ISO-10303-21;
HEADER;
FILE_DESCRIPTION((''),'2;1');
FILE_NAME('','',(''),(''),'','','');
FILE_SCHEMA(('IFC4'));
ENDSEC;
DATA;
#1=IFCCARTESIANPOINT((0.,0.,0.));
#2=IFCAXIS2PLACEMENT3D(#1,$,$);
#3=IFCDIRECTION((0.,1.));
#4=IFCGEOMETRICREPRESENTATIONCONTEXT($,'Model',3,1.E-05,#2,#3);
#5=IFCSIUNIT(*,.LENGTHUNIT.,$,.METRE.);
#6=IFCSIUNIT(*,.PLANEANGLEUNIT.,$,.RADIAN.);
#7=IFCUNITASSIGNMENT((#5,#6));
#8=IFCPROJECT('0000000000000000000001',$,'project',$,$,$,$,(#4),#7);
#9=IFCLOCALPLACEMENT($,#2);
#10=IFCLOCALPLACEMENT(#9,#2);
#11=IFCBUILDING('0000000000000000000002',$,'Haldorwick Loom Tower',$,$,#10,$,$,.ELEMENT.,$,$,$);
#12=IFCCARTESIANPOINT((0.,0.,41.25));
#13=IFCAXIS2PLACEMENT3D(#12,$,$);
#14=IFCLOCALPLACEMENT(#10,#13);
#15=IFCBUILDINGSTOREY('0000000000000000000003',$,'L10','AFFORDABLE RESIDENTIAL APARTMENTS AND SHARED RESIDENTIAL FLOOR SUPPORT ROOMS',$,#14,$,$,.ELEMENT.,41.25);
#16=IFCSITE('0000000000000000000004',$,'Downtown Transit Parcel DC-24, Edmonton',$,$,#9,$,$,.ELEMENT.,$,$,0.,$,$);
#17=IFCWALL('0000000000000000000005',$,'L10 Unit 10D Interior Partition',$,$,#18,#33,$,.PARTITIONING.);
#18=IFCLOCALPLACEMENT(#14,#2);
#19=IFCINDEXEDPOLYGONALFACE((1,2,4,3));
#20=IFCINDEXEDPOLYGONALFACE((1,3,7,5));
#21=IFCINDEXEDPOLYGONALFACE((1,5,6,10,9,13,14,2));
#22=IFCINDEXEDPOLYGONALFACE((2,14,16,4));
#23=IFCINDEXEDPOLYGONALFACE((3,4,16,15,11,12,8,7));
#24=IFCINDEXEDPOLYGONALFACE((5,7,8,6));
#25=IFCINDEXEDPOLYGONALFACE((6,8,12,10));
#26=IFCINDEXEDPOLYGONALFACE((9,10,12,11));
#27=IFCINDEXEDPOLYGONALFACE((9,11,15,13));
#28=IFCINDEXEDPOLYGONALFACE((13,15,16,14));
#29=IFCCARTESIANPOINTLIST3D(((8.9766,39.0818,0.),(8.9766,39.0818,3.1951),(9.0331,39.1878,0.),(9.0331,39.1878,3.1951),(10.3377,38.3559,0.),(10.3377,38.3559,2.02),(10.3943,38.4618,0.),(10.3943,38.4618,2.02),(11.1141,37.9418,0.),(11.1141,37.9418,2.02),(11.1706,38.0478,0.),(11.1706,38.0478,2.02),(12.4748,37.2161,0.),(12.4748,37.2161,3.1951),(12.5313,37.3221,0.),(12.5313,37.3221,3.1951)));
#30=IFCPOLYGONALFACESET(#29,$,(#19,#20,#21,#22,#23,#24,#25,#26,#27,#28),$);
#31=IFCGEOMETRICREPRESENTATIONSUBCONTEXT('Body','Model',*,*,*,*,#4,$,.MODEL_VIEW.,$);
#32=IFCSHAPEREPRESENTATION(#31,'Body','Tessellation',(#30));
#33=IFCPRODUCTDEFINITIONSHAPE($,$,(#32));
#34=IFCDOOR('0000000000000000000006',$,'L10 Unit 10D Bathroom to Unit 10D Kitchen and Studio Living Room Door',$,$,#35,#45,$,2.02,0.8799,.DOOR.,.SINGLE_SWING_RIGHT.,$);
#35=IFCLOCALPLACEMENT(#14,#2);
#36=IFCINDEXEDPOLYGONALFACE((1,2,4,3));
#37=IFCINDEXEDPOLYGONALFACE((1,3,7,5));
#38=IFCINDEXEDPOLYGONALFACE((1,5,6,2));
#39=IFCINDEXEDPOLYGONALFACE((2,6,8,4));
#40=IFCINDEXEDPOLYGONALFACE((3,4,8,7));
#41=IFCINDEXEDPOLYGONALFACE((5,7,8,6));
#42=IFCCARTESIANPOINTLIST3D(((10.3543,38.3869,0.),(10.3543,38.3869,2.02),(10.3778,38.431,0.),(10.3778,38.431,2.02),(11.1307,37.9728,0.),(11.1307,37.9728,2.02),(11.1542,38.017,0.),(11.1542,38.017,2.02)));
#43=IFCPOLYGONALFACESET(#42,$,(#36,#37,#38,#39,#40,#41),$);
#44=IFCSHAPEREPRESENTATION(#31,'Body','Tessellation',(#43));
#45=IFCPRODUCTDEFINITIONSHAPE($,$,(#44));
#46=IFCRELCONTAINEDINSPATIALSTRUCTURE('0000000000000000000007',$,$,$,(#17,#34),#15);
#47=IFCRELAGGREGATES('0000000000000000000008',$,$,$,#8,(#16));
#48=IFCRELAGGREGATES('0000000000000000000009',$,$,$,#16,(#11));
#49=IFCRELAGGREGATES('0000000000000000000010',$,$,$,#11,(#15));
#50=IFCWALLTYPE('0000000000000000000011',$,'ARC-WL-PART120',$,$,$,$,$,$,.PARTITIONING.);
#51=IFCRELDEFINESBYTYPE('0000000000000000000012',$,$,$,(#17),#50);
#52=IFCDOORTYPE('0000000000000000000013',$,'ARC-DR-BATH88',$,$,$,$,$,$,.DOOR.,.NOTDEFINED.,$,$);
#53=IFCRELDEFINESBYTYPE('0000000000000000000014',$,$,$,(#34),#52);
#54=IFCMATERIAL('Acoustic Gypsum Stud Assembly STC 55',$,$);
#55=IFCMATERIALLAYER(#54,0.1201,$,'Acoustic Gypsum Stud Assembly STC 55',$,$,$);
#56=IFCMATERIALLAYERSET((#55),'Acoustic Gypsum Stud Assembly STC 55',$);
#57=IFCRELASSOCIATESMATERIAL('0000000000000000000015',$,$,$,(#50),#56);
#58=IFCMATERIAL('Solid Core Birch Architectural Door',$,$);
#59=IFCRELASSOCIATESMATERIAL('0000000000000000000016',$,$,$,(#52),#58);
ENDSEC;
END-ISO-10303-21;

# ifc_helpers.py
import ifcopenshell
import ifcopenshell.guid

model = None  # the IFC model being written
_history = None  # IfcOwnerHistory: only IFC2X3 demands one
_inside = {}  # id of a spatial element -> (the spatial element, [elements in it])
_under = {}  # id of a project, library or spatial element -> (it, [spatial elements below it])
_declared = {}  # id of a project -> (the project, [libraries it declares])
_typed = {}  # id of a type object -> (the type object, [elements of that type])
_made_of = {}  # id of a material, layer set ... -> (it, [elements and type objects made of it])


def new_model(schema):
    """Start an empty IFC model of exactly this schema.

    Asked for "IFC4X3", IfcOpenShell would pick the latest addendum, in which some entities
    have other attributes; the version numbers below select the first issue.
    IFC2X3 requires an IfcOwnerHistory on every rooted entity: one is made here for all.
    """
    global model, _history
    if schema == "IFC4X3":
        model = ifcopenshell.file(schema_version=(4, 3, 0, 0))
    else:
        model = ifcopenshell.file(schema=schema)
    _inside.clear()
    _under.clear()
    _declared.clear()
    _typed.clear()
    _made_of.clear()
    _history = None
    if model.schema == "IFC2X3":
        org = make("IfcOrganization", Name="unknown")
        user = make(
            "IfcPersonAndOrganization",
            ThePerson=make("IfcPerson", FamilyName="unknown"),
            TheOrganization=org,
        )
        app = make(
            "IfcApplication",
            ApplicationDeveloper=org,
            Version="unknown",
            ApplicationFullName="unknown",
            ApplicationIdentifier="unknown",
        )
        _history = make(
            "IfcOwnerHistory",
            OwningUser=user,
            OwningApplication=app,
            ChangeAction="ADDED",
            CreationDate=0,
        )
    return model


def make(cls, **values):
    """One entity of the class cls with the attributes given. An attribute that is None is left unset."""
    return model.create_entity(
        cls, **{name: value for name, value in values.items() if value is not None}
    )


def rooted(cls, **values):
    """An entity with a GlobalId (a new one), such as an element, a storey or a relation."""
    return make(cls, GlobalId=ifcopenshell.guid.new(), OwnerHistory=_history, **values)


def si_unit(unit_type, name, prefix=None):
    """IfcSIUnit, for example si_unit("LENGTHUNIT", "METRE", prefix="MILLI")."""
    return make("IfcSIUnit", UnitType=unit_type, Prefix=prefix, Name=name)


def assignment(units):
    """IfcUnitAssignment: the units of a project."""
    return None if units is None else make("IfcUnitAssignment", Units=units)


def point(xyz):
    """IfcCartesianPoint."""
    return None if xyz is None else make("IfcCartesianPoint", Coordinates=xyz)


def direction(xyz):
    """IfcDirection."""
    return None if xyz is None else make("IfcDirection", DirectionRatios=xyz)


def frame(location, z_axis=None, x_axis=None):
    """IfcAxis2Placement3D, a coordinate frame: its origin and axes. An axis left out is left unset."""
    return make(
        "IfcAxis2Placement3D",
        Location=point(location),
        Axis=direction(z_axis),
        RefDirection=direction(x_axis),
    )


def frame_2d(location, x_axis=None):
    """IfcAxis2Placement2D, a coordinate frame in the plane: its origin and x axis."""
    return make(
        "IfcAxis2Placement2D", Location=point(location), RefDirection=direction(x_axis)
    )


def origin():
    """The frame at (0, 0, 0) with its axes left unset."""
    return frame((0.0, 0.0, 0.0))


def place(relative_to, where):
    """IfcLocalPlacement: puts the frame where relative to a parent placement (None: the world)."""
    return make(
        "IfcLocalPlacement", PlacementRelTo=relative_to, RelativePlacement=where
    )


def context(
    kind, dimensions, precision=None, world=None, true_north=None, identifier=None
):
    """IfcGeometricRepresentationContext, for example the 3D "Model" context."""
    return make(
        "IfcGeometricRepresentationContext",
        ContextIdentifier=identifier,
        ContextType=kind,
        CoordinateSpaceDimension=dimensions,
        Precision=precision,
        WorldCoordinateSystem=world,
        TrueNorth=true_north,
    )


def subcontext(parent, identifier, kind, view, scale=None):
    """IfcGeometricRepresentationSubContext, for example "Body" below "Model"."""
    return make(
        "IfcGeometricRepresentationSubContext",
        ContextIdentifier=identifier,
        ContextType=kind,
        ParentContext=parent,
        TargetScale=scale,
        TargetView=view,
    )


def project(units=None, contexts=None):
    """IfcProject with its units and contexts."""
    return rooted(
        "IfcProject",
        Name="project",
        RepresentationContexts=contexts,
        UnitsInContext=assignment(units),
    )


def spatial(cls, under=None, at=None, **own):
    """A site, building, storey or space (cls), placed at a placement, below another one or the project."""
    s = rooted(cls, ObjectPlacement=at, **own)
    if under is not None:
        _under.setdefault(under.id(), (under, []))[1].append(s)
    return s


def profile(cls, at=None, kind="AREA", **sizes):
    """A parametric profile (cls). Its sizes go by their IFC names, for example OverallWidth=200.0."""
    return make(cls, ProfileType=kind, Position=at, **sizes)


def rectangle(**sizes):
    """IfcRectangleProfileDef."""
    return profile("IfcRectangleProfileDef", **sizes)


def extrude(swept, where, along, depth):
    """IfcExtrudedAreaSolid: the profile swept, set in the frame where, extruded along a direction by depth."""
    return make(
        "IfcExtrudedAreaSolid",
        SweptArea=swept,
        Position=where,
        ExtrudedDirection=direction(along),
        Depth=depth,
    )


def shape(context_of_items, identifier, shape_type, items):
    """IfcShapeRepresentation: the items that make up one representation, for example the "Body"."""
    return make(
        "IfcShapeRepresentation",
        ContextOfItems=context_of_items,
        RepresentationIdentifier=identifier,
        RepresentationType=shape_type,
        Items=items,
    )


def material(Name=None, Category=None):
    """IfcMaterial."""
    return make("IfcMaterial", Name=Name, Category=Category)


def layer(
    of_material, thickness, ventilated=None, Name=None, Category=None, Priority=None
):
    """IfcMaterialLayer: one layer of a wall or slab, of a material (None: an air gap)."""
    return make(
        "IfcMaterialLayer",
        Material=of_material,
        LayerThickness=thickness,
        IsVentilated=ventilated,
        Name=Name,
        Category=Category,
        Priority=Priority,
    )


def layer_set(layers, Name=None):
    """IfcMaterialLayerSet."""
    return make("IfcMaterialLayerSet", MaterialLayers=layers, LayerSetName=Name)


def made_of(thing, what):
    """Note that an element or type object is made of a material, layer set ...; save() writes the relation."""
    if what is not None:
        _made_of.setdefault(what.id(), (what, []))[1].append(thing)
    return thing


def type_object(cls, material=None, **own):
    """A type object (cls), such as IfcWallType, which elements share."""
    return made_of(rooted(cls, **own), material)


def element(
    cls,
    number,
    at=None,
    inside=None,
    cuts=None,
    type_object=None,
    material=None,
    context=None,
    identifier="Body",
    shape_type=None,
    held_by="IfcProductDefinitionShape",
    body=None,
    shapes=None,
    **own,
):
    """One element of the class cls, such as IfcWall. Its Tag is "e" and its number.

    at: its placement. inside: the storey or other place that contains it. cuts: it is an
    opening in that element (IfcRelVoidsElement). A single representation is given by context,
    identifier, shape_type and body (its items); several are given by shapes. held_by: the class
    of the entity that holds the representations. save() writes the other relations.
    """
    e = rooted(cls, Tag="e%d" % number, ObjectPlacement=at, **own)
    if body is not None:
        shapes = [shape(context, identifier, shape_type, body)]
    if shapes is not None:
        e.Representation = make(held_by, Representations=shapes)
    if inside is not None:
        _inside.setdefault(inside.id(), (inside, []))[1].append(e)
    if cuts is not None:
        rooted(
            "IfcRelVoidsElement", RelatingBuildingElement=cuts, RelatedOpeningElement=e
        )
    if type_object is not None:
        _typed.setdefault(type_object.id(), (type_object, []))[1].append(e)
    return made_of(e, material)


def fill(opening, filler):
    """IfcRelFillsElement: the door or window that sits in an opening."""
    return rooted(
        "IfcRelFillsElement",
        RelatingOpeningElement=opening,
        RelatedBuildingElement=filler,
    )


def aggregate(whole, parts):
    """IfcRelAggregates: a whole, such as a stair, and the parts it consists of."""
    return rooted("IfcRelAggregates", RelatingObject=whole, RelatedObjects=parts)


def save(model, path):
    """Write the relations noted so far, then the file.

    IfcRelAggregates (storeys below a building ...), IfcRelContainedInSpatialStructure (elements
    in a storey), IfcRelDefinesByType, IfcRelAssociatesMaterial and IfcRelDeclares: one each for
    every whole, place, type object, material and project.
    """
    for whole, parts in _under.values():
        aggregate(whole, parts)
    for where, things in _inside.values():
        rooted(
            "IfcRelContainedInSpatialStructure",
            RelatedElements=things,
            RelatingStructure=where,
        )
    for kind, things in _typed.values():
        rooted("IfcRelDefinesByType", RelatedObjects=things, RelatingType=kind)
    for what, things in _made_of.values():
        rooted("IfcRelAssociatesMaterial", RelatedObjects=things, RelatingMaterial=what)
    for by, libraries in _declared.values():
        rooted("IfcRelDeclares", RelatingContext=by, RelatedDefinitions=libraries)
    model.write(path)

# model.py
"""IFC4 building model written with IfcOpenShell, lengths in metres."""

from ifc_helpers import new_model, si_unit, direction, frame, frame_2d, origin, place, context, subcontext, project, spatial, rectangle, extrude, material, layer, layer_set, type_object, element, fill, save


model = new_model("IFC4")

# Units and contexts
model_context = context("Model", 3, precision=1e-05, world=origin(), true_north=direction((0.0, 1.0)))
body_context = subcontext(model_context, "Body", "Model", "MODEL_VIEW")
ifc_project = project(units=[si_unit("LENGTHUNIT", "METRE"), si_unit("PLANEANGLEUNIT", "RADIAN")], contexts=[model_context])

# Site, building, storey
site_placement = place(None, origin())
site = spatial("IfcSite", under=ifc_project, at=site_placement, Name="Downtown Transit Parcel DC-24, Edmonton", CompositionType="ELEMENT", RefElevation=0.0)
building_placement = place(site_placement, origin())
building = spatial("IfcBuilding", under=site, at=building_placement, Name="Haldorwick Loom Tower", CompositionType="ELEMENT")
storey_placement = place(building_placement, frame((0.0, 0.0, 41.25)))
storey = spatial("IfcBuildingStorey", under=building, at=storey_placement, Name="L10", Description="AFFORDABLE RESIDENTIAL APARTMENTS AND SHARED RESIDENTIAL FLOOR SUPPORT ROOMS", CompositionType="ELEMENT", Elevation=41.25)

# Shared definitions
ifc_material_1 = material(Name="Acoustic Gypsum Stud Assembly STC 55")
ifc_layer_1 = layer(ifc_material_1, 0.1201, Name="Acoustic Gypsum Stud Assembly STC 55")
ifc_layer_set_1 = layer_set([ifc_layer_1], Name="Acoustic Gypsum Stud Assembly STC 55")
wall_type_1 = type_object("IfcWallType", Name="ARC-WL-PART120", PredefinedType="PARTITIONING", material=ifc_layer_set_1)

# Wall, opening, door
wall_1_placement = place(storey_placement, frame((12.5032, 37.269, 0.0), z_axis=(0.0, 0.0, 1.0), x_axis=(-0.882356, 0.470582, 0.0)))
wall_1 = element("IfcWall", 1, at=wall_1_placement, inside=storey, type_object=wall_type_1, Name="L10 Unit 10D Interior Partition", PredefinedType="PARTITIONING", context=body_context, shape_type="SweptSolid", body=[
    extrude(rectangle(XDim=3.9646, YDim=0.1201, at=frame_2d((1.9824, 0.0))), origin(), (0.0, 0.0, 1.0), 3.1951),
])
opening_1_placement = place(wall_1_placement, frame((1.5422, 0.0, 0.0)))
opening_1 = element("IfcOpeningElement", 2, at=opening_1_placement, cuts=wall_1, PredefinedType="OPENING", context=body_context, shape_type="SweptSolid", body=[
    extrude(rectangle(XDim=0.8799, YDim=2.02, at=frame_2d((0.4399, 1.01))), frame((0.0, 0.0701, 0.0), z_axis=(0.0, -1.0, 0.0), x_axis=(1.0, 0.0, 0.0)), (0.0, 0.0, 1.0), 0.1401),
])
ifc_material_2 = material(Name="Solid Core Birch Architectural Door")
door_type_1 = type_object("IfcDoorType", Name="ARC-DR-BATH88", OperationType="NOTDEFINED", PredefinedType="DOOR", material=ifc_material_2)
door_1_placement = place(opening_1_placement, origin())
door_1 = element("IfcDoor", 3, at=door_1_placement, inside=storey, type_object=door_type_1, Name="L10 Unit 10D Bathroom to Unit 10D Kitchen and Studio Living Room Door", OperationType="SINGLE_SWING_RIGHT", OverallHeight=2.02, OverallWidth=0.8799, PredefinedType="DOOR", context=body_context, shape_type="SweptSolid", body=[
    extrude(rectangle(XDim=0.8799, YDim=2.02, at=frame_2d((0.4399, 1.01))), frame((0.0, 0.0249, 0.0), z_axis=(0.0, -1.0, 0.0), x_axis=(1.0, 0.0, 0.0)), (0.0, 0.0, 1.0), 0.05),
])
fill(opening_1, door_1)

save(model, "model.ifc")
